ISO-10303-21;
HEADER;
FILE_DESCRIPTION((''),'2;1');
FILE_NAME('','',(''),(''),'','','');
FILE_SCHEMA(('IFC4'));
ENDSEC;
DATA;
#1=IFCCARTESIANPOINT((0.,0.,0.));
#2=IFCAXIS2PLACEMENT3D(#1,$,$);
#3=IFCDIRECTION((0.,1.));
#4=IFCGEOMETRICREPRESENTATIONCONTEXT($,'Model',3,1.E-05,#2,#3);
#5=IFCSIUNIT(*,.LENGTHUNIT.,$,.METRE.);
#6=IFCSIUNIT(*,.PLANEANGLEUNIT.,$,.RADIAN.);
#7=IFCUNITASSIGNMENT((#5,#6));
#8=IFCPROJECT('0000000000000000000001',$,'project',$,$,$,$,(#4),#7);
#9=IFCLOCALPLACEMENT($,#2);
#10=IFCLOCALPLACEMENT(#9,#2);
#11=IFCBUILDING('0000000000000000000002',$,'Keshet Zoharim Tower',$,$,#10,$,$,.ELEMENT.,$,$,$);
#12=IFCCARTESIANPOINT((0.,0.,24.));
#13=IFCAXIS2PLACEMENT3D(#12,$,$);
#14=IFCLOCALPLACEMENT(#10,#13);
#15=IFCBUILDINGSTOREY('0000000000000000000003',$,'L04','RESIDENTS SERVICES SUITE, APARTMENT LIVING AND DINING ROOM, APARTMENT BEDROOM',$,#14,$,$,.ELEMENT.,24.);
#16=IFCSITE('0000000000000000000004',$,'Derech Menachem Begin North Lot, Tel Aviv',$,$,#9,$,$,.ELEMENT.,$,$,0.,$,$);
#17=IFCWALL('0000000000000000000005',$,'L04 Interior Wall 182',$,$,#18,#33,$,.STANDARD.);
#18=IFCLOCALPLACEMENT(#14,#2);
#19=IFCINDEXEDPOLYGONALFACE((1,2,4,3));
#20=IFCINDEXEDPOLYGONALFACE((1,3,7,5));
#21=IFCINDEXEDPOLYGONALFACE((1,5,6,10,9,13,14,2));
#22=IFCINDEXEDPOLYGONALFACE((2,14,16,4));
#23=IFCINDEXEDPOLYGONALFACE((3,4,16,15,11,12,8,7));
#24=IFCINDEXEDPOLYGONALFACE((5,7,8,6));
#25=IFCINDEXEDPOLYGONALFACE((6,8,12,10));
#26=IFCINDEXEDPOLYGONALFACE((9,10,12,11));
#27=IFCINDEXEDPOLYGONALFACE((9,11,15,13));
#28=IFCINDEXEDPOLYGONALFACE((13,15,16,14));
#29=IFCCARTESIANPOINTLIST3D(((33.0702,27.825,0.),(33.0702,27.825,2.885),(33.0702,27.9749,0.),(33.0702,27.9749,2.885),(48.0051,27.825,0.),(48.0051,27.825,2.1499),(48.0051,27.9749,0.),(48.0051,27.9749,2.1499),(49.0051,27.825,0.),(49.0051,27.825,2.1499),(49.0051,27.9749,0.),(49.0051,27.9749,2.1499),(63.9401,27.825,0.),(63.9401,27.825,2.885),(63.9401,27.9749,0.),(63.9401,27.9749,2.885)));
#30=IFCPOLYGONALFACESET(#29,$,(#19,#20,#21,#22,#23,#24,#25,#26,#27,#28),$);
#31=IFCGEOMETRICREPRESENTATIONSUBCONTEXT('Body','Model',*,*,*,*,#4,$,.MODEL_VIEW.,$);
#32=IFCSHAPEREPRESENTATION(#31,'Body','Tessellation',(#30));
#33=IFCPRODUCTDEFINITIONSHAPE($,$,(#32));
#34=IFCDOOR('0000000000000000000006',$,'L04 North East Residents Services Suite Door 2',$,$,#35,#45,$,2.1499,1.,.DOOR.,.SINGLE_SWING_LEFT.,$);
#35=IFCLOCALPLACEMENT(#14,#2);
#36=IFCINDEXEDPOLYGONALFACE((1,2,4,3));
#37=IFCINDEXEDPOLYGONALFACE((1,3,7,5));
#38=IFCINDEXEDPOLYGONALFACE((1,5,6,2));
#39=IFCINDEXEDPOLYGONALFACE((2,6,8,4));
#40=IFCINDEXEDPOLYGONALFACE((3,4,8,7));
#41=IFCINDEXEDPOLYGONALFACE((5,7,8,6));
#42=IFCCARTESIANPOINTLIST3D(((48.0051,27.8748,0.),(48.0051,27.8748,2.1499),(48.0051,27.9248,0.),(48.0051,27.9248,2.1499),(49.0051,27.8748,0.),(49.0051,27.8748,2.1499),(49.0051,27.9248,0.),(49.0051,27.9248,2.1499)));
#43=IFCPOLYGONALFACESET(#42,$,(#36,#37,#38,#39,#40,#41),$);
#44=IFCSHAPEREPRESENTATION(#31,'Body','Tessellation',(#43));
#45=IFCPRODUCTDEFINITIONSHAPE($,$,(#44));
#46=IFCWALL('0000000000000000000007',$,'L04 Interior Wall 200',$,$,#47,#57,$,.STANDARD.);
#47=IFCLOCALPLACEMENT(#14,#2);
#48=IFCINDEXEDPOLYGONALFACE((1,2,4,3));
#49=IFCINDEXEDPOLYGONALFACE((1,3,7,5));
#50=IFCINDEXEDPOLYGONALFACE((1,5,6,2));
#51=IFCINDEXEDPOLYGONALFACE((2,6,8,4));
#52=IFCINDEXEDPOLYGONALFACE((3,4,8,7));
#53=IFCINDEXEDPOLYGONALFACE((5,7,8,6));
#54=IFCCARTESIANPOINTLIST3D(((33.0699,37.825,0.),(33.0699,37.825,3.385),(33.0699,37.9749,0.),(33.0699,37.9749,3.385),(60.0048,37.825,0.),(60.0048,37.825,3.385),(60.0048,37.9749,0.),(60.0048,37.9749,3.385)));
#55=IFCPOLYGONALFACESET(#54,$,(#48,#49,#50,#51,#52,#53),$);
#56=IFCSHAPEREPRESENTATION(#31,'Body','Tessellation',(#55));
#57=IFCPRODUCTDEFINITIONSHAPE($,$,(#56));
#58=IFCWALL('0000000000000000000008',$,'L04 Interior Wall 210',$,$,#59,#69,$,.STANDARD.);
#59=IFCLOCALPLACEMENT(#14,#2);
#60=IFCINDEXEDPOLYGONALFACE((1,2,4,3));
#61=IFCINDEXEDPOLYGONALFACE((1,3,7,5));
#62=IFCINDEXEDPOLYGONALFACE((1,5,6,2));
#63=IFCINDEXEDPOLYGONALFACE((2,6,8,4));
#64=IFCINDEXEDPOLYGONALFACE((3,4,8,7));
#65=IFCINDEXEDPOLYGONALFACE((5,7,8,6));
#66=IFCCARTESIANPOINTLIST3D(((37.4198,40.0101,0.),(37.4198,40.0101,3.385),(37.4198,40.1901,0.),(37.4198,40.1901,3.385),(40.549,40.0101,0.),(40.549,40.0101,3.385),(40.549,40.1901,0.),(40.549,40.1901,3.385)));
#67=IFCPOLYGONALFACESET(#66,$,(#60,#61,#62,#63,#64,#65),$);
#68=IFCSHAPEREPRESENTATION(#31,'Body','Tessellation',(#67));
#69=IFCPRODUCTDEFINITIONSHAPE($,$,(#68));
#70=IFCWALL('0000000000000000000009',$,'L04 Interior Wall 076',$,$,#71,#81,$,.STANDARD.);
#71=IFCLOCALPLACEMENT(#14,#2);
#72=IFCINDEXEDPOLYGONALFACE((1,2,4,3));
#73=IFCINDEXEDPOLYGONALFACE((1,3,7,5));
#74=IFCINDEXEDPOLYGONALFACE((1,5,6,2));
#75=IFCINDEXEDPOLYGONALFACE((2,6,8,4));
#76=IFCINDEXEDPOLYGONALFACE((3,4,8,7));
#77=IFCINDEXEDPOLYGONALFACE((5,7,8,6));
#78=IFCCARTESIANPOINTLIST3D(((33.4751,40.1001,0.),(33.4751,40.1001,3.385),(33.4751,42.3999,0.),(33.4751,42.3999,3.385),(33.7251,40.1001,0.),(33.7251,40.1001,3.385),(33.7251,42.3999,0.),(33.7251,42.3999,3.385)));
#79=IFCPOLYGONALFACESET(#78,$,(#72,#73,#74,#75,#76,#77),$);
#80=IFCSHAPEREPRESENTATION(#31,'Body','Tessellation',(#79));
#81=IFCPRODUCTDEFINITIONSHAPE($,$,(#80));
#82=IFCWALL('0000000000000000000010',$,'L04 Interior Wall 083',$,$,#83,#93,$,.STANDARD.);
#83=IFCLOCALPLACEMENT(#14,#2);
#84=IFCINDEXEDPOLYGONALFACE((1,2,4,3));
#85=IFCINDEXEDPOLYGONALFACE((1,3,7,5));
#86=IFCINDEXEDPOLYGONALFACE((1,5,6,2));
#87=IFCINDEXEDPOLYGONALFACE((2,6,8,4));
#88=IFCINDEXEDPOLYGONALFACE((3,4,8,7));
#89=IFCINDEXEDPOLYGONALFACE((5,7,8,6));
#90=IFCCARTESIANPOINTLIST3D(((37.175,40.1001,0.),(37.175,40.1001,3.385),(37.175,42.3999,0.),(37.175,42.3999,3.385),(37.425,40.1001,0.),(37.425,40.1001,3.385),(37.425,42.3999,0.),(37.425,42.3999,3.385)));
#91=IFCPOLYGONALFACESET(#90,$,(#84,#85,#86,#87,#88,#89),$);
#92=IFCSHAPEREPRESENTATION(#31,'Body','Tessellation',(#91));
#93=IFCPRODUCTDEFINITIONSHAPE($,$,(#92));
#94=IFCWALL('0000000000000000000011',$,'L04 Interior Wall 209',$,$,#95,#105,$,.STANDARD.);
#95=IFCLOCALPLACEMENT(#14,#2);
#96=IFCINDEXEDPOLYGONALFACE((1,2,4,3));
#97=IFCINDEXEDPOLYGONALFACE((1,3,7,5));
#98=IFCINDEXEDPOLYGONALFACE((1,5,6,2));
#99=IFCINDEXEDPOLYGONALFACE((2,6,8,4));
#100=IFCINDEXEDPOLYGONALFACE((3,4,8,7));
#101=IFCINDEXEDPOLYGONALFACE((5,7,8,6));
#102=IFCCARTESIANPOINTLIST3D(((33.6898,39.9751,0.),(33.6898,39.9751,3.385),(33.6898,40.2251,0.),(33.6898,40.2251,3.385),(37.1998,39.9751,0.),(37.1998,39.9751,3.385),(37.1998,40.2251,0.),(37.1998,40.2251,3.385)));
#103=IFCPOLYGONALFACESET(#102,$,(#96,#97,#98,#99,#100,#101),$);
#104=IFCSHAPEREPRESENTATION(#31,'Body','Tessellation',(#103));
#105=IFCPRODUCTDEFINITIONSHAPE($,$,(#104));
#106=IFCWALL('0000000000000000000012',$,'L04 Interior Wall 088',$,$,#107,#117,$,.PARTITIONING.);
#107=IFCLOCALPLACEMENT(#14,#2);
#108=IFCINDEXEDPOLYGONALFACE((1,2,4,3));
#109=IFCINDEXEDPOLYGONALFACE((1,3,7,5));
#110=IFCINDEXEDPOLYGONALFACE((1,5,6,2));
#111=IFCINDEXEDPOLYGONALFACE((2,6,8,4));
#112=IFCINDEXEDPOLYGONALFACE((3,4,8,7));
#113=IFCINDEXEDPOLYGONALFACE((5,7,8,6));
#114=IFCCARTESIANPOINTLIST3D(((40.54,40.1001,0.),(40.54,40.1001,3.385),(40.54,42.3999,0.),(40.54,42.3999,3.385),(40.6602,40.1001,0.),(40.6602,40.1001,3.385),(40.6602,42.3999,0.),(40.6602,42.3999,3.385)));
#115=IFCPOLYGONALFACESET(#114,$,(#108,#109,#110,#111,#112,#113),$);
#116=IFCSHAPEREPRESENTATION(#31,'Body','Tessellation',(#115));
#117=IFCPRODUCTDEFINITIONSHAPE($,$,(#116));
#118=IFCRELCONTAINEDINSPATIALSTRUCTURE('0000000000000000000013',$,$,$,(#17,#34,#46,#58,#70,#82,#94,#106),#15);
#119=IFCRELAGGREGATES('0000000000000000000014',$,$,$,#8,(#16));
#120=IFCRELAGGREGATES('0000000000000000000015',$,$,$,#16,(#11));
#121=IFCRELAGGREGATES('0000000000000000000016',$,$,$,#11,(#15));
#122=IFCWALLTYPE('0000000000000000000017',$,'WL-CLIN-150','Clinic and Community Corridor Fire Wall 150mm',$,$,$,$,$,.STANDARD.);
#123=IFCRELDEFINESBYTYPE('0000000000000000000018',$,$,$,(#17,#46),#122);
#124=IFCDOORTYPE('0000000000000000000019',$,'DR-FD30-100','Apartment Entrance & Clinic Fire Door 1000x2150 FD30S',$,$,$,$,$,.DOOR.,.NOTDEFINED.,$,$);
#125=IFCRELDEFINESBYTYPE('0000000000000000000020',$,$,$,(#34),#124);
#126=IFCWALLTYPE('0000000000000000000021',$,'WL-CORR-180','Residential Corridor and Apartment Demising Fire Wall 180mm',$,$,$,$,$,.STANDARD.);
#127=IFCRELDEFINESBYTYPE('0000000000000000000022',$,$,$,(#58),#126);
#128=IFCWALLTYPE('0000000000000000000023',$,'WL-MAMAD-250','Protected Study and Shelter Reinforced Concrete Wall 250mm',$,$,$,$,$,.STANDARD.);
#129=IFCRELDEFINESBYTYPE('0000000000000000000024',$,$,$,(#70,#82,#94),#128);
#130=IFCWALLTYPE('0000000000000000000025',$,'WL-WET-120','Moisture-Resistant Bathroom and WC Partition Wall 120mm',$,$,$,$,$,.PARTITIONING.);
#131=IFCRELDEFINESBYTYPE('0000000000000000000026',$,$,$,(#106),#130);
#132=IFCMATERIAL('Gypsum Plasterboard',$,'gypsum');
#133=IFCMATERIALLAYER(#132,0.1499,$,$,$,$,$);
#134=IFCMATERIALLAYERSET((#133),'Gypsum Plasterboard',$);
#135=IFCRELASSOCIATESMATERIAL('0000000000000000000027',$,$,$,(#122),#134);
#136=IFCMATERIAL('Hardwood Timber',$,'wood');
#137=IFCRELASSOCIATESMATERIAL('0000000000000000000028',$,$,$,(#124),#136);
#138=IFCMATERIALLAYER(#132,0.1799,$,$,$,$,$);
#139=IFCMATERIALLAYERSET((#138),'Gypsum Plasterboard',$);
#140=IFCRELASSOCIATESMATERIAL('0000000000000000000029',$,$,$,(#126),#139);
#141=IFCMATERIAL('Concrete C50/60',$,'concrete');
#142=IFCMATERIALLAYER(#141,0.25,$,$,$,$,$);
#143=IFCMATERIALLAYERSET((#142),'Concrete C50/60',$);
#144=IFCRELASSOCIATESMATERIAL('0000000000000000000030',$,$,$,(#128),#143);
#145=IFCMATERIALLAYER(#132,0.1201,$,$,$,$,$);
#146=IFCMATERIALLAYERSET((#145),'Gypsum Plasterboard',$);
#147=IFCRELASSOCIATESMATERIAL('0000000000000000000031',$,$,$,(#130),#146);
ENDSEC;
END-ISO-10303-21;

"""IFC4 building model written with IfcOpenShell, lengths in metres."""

from ifc_helpers import new_model, si_unit, direction, frame, frame_2d, origin, place, context, subcontext, project, spatial, rectangle, extrude, material, layer, layer_set, type_object, element, fill, save


model = new_model("IFC4")

# Units and contexts
model_context = context("Model", 3, precision=1e-05, world=origin(), true_north=direction((0.0, 1.0)))
body_context = subcontext(model_context, "Body", "Model", "MODEL_VIEW")
ifc_project = project(units=[si_unit("LENGTHUNIT", "METRE"), si_unit("PLANEANGLEUNIT", "RADIAN")], contexts=[model_context])

# Site, building, storey
site_placement = place(None, origin())
site = spatial("IfcSite", under=ifc_project, at=site_placement, Name="Derech Menachem Begin North Lot, Tel Aviv", CompositionType="ELEMENT", RefElevation=0.0)
building_placement = place(site_placement, origin())
building = spatial("IfcBuilding", under=site, at=building_placement, Name="Keshet Zoharim Tower", CompositionType="ELEMENT")
storey_placement = place(building_placement, frame((0.0, 0.0, 24.0)))
storey = spatial("IfcBuildingStorey", under=building, at=storey_placement, Name="L04", Description="RESIDENTS SERVICES SUITE, APARTMENT LIVING AND DINING ROOM, APARTMENT BEDROOM", CompositionType="ELEMENT", Elevation=24.0)

# Shared definitions
ifc_material_1 = material(Name="Gypsum Plasterboard", Category="gypsum")
ifc_layer_1 = layer(ifc_material_1, 0.1499)
ifc_layer_set_1 = layer_set([ifc_layer_1], Name="Gypsum Plasterboard")
wall_type_1 = type_object("IfcWallType", Name="WL-CLIN-150", Description="Clinic and Community Corridor Fire Wall 150mm", PredefinedType="STANDARD", material=ifc_layer_set_1)

# Shared definitions
ifc_material_2 = material(Name="Hardwood Timber", Category="wood")
door_type = type_object("IfcDoorType", Name="DR-FD30-100", Description="Apartment Entrance & Clinic Fire Door 1000x2150 FD30S", OperationType="NOTDEFINED", PredefinedType="DOOR", material=ifc_material_2)

# Wall, opening, door
wall_1_placement = place(storey_placement, frame((33.0701, 27.8999, 0.0), z_axis=(0.0, 0.0, 1.0), x_axis=(1.0, 0.0, 0.0)))
wall_1 = element("IfcWall", 1, at=wall_1_placement, inside=storey, type_object=wall_type_1, Name="L04 Interior Wall 182", PredefinedType="STANDARD", context=body_context, shape_type="SweptSolid", body=[
    extrude(rectangle(XDim=30.8699, YDim=0.1499, at=frame_2d((15.4351, 0.0))), origin(), (0.0, 0.0, 1.0), 2.885),
])
opening_1_placement = place(wall_1_placement, frame((14.9351, 0.0, 0.0)))
opening_1 = element("IfcOpeningElement", 2, at=opening_1_placement, cuts=wall_1, PredefinedType="OPENING", context=body_context, shape_type="SweptSolid", body=[
    extrude(rectangle(XDim=1.0, YDim=2.1499, at=frame_2d((0.5, 1.075))), frame((0.0, 0.085, 0.0), z_axis=(0.0, -1.0, 0.0), x_axis=(1.0, 0.0, 0.0)), (0.0, 0.0, 1.0), 0.1699),
])
door_1_placement = place(opening_1_placement, origin())
door_1 = element("IfcDoor", 3, at=door_1_placement, inside=storey, type_object=door_type, Name="L04 North East Residents Services Suite Door 2", OperationType="SINGLE_SWING_LEFT", OverallHeight=2.1499, OverallWidth=1.0, PredefinedType="DOOR", context=body_context, shape_type="SweptSolid", body=[
    extrude(rectangle(XDim=1.0, YDim=2.1499, at=frame_2d((0.5, 1.075))), frame((0.0, 0.0249, 0.0), z_axis=(0.0, -1.0, 0.0), x_axis=(1.0, 0.0, 0.0)), (0.0, 0.0, 1.0), 0.05),
])
fill(opening_1, door_1)

# Walls
wall_2_placement = place(storey_placement, frame((33.0701, 37.8999, 0.0), z_axis=(0.0, 0.0, 1.0), x_axis=(1.0, 0.0, 0.0)))
element("IfcWall", 4, at=wall_2_placement, inside=storey, type_object=wall_type_1, Name="L04 Interior Wall 200", PredefinedType="STANDARD", context=body_context, shape_type="SweptSolid", body=[
    extrude(rectangle(XDim=26.9348, YDim=0.1499, at=frame_2d((13.4673, 0.0))), origin(), (0.0, 0.0, 1.0), 3.385),
])
ifc_layer_2 = layer(ifc_material_1, 0.1799)
ifc_layer_set_2 = layer_set([ifc_layer_2], Name="Gypsum Plasterboard")
wall_type_2 = type_object("IfcWallType", Name="WL-CORR-180", Description="Residential Corridor and Apartment Demising Fire Wall 180mm", PredefinedType="STANDARD", material=ifc_layer_set_2)
wall_3_placement = place(storey_placement, frame((37.4199, 40.1001, 0.0), z_axis=(0.0, 0.0, 1.0), x_axis=(1.0, 0.0, 0.0)))
element("IfcWall", 5, at=wall_3_placement, inside=storey, type_object=wall_type_2, Name="L04 Interior Wall 210", PredefinedType="STANDARD", context=body_context, shape_type="SweptSolid", body=[
    extrude(rectangle(XDim=3.1292, YDim=0.1799, at=frame_2d((1.5645, 0.0))), origin(), (0.0, 0.0, 1.0), 3.385),
])
ifc_material_3 = material(Name="Concrete C50/60", Category="concrete")
ifc_layer_3 = layer(ifc_material_3, 0.25)
ifc_layer_set_3 = layer_set([ifc_layer_3], Name="Concrete C50/60")
wall_type_3 = type_object("IfcWallType", Name="WL-MAMAD-250", Description="Protected Study and Shelter Reinforced Concrete Wall 250mm", PredefinedType="STANDARD", material=ifc_layer_set_3)
for number, where, z_axis, x_axis, name in (
    (6, (33.6001, 40.1001, 0.0), (0.0, 0.0, 1.0), (0.0, 1.0, 0.0), "L04 Interior Wall 076"),
    (7, (37.3, 40.1001, 0.0), (0.0, 0.0, 1.0), (0.0, 1.0, 0.0), "L04 Interior Wall 083"),
):
    element("IfcWall", number, at=place(storey_placement, frame(where, z_axis=z_axis, x_axis=x_axis)), inside=storey, type_object=wall_type_3, Name=name, PredefinedType="STANDARD", context=body_context, shape_type="SweptSolid", body=[
        extrude(rectangle(XDim=2.2998, YDim=0.25, at=frame_2d((1.1499, 0.0))), origin(), (0.0, 0.0, 1.0), 3.385),
    ])
wall_4_placement = place(storey_placement, frame((33.6899, 40.1001, 0.0), z_axis=(0.0, 0.0, 1.0), x_axis=(1.0, 0.0, 0.0)))
element("IfcWall", 8, at=wall_4_placement, inside=storey, type_object=wall_type_3, Name="L04 Interior Wall 209", PredefinedType="STANDARD", context=body_context, shape_type="SweptSolid", body=[
    extrude(rectangle(XDim=3.51, YDim=0.25, at=frame_2d((1.7549, 0.0))), origin(), (0.0, 0.0, 1.0), 3.385),
])
ifc_layer_4 = layer(ifc_material_1, 0.1201)
ifc_layer_set_4 = layer_set([ifc_layer_4], Name="Gypsum Plasterboard")
wall_type_4 = type_object("IfcWallType", Name="WL-WET-120", Description="Moisture-Resistant Bathroom and WC Partition Wall 120mm", PredefinedType="PARTITIONING", material=ifc_layer_set_4)
wall_5_placement = place(storey_placement, frame((40.6001, 40.1001, 0.0), z_axis=(0.0, 0.0, 1.0), x_axis=(0.0, 1.0, 0.0)))
element("IfcWall", 9, at=wall_5_placement, inside=storey, type_object=wall_type_4, Name="L04 Interior Wall 088", PredefinedType="PARTITIONING", context=body_context, shape_type="SweptSolid", body=[
    extrude(rectangle(XDim=2.2998, YDim=0.1201, at=frame_2d((1.1499, 0.0))), origin(), (0.0, 0.0, 1.0), 3.385),
])

save(model, "model.ifc")
